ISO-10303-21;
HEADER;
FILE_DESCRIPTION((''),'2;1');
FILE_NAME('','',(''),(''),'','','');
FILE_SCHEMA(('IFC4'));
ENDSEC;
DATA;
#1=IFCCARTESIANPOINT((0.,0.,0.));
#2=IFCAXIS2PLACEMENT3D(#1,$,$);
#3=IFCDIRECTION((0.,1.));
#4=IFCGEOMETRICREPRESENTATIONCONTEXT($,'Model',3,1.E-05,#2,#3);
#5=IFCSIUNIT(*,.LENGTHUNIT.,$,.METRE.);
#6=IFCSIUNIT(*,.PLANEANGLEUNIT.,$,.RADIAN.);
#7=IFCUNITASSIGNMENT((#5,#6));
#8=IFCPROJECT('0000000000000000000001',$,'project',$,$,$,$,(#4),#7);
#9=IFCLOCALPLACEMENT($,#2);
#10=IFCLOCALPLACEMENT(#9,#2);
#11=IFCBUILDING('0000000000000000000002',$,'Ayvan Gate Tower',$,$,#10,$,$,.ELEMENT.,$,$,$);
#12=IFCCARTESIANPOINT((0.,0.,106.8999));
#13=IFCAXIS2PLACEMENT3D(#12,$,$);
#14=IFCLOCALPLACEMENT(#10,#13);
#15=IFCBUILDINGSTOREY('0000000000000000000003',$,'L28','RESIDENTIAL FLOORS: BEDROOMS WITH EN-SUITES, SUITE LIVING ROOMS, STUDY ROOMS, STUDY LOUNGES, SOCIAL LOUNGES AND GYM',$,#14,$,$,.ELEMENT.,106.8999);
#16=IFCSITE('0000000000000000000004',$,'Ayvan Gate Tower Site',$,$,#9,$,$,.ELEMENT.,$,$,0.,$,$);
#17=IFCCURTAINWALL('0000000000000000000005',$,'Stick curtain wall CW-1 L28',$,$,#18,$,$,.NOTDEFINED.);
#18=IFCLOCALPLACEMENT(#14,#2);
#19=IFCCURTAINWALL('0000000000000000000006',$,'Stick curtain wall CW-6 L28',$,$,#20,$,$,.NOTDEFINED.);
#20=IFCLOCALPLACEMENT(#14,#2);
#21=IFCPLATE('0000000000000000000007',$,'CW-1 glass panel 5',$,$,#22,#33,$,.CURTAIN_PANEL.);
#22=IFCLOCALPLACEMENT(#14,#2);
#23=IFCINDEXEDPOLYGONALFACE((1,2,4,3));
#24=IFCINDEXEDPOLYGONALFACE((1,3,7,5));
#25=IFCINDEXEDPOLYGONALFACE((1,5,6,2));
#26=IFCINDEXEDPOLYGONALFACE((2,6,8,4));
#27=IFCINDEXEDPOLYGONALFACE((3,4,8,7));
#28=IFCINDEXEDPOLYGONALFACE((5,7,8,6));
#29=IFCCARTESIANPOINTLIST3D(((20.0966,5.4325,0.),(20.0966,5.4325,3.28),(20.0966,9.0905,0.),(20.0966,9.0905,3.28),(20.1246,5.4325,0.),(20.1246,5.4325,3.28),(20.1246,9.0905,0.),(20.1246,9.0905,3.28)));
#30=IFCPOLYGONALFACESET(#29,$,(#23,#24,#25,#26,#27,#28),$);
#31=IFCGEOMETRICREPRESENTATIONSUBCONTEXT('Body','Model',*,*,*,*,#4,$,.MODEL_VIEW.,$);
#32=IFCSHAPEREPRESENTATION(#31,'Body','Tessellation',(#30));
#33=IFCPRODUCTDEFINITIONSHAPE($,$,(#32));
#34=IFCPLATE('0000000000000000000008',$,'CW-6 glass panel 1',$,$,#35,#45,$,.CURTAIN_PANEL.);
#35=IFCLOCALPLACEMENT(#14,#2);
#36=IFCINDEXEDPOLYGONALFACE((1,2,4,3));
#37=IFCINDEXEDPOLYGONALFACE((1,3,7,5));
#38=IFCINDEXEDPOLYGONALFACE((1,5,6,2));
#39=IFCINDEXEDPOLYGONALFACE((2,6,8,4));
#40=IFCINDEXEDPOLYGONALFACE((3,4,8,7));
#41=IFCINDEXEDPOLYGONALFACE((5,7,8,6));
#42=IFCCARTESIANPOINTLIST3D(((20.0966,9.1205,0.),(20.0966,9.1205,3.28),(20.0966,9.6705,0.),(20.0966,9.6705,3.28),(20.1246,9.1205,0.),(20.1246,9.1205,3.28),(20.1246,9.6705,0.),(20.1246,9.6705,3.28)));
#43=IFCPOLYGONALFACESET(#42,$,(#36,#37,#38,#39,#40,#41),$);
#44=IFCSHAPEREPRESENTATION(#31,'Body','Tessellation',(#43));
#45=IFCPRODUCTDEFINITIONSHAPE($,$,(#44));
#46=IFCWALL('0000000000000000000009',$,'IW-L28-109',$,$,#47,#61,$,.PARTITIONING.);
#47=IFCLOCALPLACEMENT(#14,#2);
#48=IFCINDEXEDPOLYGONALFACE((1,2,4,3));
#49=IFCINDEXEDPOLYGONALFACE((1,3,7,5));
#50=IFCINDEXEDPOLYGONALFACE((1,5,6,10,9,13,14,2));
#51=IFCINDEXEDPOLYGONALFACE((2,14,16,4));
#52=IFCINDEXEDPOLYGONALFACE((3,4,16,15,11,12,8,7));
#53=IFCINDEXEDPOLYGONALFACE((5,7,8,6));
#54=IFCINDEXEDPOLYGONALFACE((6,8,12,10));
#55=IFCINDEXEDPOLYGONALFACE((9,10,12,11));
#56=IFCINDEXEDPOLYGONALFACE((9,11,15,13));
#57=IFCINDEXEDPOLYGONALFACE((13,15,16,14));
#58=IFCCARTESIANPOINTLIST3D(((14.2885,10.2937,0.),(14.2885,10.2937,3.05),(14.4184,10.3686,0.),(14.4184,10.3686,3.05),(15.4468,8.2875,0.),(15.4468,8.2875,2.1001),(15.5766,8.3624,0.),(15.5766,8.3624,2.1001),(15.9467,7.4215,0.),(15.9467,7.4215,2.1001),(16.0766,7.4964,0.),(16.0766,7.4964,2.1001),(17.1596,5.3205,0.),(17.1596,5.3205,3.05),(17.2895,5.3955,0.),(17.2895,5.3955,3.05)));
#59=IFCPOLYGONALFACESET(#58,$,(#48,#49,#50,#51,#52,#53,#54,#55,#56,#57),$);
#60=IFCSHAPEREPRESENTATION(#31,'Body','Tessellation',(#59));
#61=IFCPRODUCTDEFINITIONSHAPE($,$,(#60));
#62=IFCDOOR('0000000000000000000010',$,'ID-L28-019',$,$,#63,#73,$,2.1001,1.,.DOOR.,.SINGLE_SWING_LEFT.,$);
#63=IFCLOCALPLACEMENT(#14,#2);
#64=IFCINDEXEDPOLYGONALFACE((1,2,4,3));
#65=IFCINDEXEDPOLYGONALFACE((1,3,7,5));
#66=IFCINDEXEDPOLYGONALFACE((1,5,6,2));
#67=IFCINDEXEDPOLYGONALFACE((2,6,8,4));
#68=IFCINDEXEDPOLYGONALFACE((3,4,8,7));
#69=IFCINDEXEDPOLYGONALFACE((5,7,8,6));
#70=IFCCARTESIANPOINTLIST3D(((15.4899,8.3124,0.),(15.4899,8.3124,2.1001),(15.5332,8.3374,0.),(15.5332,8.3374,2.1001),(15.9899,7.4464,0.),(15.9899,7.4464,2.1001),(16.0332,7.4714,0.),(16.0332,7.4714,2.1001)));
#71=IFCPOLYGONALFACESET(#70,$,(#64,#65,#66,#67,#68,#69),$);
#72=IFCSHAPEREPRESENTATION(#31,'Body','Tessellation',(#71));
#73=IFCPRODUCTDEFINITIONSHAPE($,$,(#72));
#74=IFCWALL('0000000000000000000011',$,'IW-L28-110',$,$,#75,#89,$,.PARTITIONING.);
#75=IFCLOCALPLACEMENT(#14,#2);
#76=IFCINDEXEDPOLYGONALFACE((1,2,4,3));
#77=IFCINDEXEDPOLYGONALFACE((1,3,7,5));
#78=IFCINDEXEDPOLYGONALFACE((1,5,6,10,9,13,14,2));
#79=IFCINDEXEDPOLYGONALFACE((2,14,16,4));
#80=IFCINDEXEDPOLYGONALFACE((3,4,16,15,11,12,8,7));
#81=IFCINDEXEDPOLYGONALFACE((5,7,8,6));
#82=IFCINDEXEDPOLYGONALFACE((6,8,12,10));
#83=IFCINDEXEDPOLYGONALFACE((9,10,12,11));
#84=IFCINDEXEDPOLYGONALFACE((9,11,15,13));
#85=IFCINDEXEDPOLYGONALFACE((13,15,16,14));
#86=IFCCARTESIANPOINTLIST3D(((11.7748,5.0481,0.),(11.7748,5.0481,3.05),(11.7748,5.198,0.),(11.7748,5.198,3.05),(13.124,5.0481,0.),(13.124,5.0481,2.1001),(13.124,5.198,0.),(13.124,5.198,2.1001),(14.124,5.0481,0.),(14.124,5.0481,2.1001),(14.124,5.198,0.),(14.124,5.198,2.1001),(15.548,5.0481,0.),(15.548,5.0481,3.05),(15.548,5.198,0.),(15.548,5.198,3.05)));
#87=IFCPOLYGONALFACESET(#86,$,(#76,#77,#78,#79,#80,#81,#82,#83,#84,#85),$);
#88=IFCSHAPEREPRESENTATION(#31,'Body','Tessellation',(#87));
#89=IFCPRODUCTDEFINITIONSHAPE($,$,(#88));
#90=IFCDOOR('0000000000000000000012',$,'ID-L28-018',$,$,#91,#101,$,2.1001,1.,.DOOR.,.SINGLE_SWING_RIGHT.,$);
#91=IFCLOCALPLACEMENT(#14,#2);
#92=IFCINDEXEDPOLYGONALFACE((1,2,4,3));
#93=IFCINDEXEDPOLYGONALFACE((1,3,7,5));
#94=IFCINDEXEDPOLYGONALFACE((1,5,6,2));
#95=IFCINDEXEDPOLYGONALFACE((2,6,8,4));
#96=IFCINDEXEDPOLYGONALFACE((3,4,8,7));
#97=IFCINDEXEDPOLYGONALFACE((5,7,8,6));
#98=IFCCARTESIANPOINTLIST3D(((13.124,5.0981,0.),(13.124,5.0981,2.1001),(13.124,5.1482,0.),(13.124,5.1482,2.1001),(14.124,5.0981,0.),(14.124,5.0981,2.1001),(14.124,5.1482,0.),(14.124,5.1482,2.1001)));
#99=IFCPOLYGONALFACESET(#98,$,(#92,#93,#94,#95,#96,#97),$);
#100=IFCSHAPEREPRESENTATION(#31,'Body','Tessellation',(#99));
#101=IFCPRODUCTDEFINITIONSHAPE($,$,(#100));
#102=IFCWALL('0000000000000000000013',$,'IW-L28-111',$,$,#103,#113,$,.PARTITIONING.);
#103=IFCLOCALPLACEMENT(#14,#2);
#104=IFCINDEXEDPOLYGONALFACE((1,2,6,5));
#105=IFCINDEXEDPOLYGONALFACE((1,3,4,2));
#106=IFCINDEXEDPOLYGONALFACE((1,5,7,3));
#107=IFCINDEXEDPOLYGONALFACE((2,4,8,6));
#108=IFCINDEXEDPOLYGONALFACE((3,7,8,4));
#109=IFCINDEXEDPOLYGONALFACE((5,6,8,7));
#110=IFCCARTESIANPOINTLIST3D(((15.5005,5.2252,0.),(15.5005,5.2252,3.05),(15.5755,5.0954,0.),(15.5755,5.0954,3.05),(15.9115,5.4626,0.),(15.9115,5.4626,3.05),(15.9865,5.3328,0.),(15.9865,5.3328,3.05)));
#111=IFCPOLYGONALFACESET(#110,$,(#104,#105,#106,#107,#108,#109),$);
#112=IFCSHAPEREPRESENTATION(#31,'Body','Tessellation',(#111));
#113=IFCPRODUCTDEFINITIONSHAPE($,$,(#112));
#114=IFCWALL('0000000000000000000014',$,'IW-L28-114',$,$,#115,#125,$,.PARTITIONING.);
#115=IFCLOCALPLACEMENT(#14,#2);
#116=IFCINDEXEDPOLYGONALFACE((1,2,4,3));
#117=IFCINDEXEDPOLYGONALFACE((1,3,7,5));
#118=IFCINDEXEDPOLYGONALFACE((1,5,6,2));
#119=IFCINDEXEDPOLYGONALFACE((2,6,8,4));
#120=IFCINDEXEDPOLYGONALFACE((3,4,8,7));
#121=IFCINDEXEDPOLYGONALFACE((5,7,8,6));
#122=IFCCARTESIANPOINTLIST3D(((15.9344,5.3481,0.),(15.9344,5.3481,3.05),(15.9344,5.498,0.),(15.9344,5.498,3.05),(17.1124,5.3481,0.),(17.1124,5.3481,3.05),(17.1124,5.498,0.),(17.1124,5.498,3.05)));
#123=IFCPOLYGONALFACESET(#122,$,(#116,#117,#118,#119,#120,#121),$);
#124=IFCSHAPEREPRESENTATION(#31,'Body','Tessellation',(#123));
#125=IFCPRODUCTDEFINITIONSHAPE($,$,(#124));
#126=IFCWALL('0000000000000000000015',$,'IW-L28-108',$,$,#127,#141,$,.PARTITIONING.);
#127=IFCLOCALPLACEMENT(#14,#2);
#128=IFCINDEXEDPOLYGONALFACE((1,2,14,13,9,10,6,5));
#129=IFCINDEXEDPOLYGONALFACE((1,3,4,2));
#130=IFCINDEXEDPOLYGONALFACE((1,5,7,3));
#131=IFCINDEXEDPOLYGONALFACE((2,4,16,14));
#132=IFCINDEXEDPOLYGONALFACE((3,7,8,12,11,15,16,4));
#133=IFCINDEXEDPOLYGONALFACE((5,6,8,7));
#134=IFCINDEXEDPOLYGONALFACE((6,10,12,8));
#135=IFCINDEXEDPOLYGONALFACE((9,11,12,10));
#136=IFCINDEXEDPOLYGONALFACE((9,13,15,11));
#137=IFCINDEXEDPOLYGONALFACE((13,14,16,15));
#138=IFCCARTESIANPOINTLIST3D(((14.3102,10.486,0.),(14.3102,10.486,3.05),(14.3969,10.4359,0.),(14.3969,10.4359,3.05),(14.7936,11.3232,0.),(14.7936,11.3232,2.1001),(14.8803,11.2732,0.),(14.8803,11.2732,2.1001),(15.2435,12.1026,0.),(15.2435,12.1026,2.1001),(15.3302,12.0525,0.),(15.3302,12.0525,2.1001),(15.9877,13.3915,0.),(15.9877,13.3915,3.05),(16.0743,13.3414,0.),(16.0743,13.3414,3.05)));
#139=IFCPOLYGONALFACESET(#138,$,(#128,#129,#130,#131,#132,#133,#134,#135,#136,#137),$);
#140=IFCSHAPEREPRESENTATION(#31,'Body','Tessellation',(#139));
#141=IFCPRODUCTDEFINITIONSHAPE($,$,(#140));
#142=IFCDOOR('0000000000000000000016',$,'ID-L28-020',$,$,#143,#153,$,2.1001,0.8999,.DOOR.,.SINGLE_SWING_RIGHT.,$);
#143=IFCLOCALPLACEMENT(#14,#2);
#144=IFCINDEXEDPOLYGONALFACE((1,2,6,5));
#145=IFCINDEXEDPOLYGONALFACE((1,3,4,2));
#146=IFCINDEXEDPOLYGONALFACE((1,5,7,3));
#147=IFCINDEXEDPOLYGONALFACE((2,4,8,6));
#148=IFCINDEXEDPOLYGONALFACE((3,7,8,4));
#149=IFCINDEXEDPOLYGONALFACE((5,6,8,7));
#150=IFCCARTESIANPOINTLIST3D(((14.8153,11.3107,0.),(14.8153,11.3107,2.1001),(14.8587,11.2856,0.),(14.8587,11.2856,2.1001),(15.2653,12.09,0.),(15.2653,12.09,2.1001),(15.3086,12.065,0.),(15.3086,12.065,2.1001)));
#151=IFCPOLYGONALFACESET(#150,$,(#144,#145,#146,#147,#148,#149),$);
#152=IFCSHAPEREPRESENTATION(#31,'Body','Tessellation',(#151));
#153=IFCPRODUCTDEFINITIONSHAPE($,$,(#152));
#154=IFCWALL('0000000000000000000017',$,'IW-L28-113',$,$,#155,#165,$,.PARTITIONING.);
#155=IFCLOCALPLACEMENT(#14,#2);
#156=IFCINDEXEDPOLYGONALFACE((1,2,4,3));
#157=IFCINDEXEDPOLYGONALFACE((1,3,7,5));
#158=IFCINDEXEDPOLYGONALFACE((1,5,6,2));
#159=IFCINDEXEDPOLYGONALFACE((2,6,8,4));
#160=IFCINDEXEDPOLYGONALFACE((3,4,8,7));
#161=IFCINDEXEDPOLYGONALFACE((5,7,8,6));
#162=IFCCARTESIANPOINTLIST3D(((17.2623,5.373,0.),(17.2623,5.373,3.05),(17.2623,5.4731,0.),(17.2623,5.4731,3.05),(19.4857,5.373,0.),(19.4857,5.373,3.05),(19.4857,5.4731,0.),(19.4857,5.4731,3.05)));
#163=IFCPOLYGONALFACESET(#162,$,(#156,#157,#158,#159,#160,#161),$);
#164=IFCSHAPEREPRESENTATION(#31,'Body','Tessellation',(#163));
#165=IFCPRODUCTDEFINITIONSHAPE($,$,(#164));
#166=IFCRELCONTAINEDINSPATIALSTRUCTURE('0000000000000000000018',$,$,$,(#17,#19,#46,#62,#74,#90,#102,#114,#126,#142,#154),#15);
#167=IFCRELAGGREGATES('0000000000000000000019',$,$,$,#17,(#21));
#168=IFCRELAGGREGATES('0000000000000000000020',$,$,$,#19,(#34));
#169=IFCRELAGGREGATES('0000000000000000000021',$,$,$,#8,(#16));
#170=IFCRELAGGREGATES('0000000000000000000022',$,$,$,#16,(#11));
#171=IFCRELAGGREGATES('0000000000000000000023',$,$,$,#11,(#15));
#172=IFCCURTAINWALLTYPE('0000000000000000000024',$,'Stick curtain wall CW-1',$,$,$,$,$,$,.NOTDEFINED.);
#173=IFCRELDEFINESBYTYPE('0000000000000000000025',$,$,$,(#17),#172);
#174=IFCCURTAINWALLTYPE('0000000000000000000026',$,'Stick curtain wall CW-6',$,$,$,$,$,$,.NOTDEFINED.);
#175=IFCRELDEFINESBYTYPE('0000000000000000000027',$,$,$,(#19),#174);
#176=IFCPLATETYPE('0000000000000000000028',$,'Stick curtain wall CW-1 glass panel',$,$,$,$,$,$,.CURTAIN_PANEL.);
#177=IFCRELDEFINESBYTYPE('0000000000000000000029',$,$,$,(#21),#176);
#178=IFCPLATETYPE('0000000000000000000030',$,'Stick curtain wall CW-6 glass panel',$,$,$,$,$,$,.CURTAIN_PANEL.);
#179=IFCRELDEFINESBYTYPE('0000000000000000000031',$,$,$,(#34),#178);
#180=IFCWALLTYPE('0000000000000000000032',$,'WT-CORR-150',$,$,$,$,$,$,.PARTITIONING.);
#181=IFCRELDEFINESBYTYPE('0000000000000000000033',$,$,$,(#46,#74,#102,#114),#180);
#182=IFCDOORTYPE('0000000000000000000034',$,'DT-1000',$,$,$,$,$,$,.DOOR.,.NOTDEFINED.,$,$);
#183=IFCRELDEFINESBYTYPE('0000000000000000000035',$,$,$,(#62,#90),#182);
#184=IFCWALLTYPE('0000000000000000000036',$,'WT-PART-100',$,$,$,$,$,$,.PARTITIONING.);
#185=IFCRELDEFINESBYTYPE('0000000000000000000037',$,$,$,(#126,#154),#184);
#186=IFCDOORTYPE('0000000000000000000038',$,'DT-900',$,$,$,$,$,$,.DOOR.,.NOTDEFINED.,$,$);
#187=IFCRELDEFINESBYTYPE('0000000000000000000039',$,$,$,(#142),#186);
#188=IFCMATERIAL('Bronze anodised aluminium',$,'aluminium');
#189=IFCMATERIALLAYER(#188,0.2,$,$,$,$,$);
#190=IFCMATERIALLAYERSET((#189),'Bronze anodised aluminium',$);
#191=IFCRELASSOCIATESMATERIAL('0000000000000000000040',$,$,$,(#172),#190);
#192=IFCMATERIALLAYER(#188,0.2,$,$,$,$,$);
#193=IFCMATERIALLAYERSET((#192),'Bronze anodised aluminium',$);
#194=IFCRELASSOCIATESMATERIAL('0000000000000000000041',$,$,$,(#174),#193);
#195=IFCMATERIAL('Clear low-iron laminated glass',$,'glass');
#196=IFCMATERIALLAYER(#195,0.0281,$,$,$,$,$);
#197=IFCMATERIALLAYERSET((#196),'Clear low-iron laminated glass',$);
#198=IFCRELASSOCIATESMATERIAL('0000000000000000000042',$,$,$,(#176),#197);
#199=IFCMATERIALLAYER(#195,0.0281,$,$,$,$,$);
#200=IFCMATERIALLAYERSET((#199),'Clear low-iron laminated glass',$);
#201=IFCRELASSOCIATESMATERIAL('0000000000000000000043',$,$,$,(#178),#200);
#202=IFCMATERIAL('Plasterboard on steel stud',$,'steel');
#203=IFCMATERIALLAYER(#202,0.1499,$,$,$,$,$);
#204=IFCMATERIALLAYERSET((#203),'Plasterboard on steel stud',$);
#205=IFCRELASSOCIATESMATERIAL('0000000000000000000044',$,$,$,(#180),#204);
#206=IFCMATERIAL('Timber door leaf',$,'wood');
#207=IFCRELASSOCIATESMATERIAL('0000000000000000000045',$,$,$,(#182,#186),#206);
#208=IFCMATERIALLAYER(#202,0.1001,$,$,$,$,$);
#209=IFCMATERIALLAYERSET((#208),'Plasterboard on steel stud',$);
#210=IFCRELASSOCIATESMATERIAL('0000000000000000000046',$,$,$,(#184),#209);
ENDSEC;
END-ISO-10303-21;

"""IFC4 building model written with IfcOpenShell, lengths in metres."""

from ifc_helpers import new_model, si_unit, direction, frame, frame_2d, origin, origin_2d, place, context, subcontext, project, spatial, rectangle, extrude, material, layer, layer_set, type_object, element, fill, aggregate, save


model = new_model("IFC4")

# Units and contexts
model_context = context("Model", 3, precision=1e-05, world=origin(), true_north=direction((0.0, 1.0)))
body_context = subcontext(model_context, "Body", "Model", "MODEL_VIEW")
ifc_project = project(units=[si_unit("LENGTHUNIT", "METRE"), si_unit("PLANEANGLEUNIT", "RADIAN")], contexts=[model_context])

# Site, building, storey
site_placement = place(None, origin())
site = spatial("IfcSite", under=ifc_project, at=site_placement, Name="Ayvan Gate Tower Site", CompositionType="ELEMENT", RefElevation=0.0)
building_placement = place(site_placement, origin())
building = spatial("IfcBuilding", under=site, at=building_placement, Name="Ayvan Gate Tower", CompositionType="ELEMENT")
storey_placement = place(building_placement, frame((0.0, 0.0, 106.8999)))
storey = spatial("IfcBuildingStorey", under=building, at=storey_placement, Name="L28", Description="RESIDENTIAL FLOORS: BEDROOMS WITH EN-SUITES, SUITE LIVING ROOMS, STUDY ROOMS, STUDY LOUNGES, SOCIAL LOUNGES AND GYM", CompositionType="ELEMENT", Elevation=106.8999)

# Curtain walls
ifc_material_1 = material(Name="Bronze anodised aluminium", Category="aluminium")
ifc_layer_1 = layer(ifc_material_1, 0.2)
ifc_layer_set_1 = layer_set([ifc_layer_1], Name="Bronze anodised aluminium")
curtain_wall_type_1 = type_object("IfcCurtainWallType", Name="Stick curtain wall CW-1", PredefinedType="NOTDEFINED", material=ifc_layer_set_1)
curtain_wall_1_placement = place(storey_placement, origin())
curtain_wall_1 = element("IfcCurtainWall", 1, at=curtain_wall_1_placement, inside=storey, type_object=curtain_wall_type_1, Name="Stick curtain wall CW-1 L28", PredefinedType="NOTDEFINED")
ifc_layer_2 = layer(ifc_material_1, 0.2)
ifc_layer_set_2 = layer_set([ifc_layer_2], Name="Bronze anodised aluminium")
curtain_wall_type_2 = type_object("IfcCurtainWallType", Name="Stick curtain wall CW-6", PredefinedType="NOTDEFINED", material=ifc_layer_set_2)
curtain_wall_2_placement = place(storey_placement, origin())
curtain_wall_2 = element("IfcCurtainWall", 2, at=curtain_wall_2_placement, inside=storey, type_object=curtain_wall_type_2, Name="Stick curtain wall CW-6 L28", PredefinedType="NOTDEFINED")

# Plates
ifc_material_2 = material(Name="Clear low-iron laminated glass", Category="glass")
ifc_layer_3 = layer(ifc_material_2, 0.0281)
ifc_layer_set_3 = layer_set([ifc_layer_3], Name="Clear low-iron laminated glass")
plate_type_1 = type_object("IfcPlateType", Name="Stick curtain wall CW-1 glass panel", PredefinedType="CURTAIN_PANEL", material=ifc_layer_set_3)
plate_1_placement = place(storey_placement, frame((20.1106, 7.2615, 0.0), z_axis=(0.0, 0.0, 1.0), x_axis=(0.0, 1.0, 0.0)))
plate_1 = element("IfcPlate", 3, at=plate_1_placement, type_object=plate_type_1, Name="CW-1 glass panel 5", PredefinedType="CURTAIN_PANEL", context=body_context, shape_type="SweptSolid", body=[
    extrude(rectangle(XDim=3.658, YDim=0.0281, at=origin_2d()), origin(), (0.0, 0.0, 1.0), 3.28),
])
aggregate(curtain_wall_1, [plate_1])
ifc_layer_4 = layer(ifc_material_2, 0.0281)
ifc_layer_set_4 = layer_set([ifc_layer_4], Name="Clear low-iron laminated glass")
plate_type_2 = type_object("IfcPlateType", Name="Stick curtain wall CW-6 glass panel", PredefinedType="CURTAIN_PANEL", material=ifc_layer_set_4)
plate_2_placement = place(storey_placement, frame((20.1106, 9.3955, 0.0), z_axis=(0.0, 0.0, 1.0), x_axis=(0.0, 1.0, 0.0)))
plate_2 = element("IfcPlate", 4, at=plate_2_placement, type_object=plate_type_2, Name="CW-6 glass panel 1", PredefinedType="CURTAIN_PANEL", context=body_context, shape_type="SweptSolid", body=[
    extrude(rectangle(XDim=0.55, YDim=0.0281, at=origin_2d()), origin(), (0.0, 0.0, 1.0), 3.28),
])
aggregate(curtain_wall_2, [plate_2])

# Walls, openings, doors
ifc_material_3 = material(Name="Plasterboard on steel stud", Category="steel")
ifc_layer_5 = layer(ifc_material_3, 0.1499)
ifc_layer_set_5 = layer_set([ifc_layer_5], Name="Plasterboard on steel stud")
wall_type_1 = type_object("IfcWallType", Name="WT-CORR-150", PredefinedType="PARTITIONING", material=ifc_layer_set_5)
wall_1_placement = place(storey_placement, frame((14.3535, 10.3311, 0.0), z_axis=(0.0, 0.0, 1.0), x_axis=(0.49998, -0.866037, 0.0)))
wall_1 = element("IfcWall", 5, at=wall_1_placement, inside=storey, type_object=wall_type_1, Name="IW-L28-109", PredefinedType="PARTITIONING", context=body_context, shape_type="SweptSolid", body=[
    extrude(rectangle(XDim=5.7424, YDim=0.1499, at=frame_2d((2.8711, 0.0))), origin(), (0.0, 0.0, 1.0), 3.05),
])
opening_1_placement = place(wall_1_placement, frame((2.3164, 0.0, 0.0)))
opening_1 = element("IfcOpeningElement", 6, at=opening_1_placement, cuts=wall_1, PredefinedType="OPENING", context=body_context, shape_type="SweptSolid", body=[
    extrude(rectangle(XDim=1.0, YDim=2.1001, at=frame_2d((0.5, 1.05))), frame((0.0, 0.085, 0.0), z_axis=(0.0, -1.0, 0.0), x_axis=(1.0, 0.0, 0.0)), (0.0, 0.0, 1.0), 0.1699),
])
ifc_material_4 = material(Name="Timber door leaf", Category="wood")
door_type_1 = type_object("IfcDoorType", Name="DT-1000", OperationType="NOTDEFINED", PredefinedType="DOOR", material=ifc_material_4)
door_1_placement = place(opening_1_placement, origin())
door_1 = element("IfcDoor", 7, at=door_1_placement, inside=storey, type_object=door_type_1, Name="ID-L28-019", OperationType="SINGLE_SWING_LEFT", OverallHeight=2.1001, OverallWidth=1.0, PredefinedType="DOOR", context=body_context, shape_type="SweptSolid", body=[
    extrude(rectangle(XDim=1.0, YDim=2.1001, at=frame_2d((0.5, 1.05))), frame((0.0, 0.0249, 0.0), z_axis=(0.0, -1.0, 0.0), x_axis=(1.0, 0.0, 0.0)), (0.0, 0.0, 1.0), 0.05),
])
fill(opening_1, door_1)
wall_2_placement = place(storey_placement, frame((15.5481, 5.123, 0.0), z_axis=(0.0, 0.0, 1.0), x_axis=(-1.0, 0.0, 0.0)))
wall_2 = element("IfcWall", 8, at=wall_2_placement, inside=storey, type_object=wall_type_1, Name="IW-L28-110", PredefinedType="PARTITIONING", context=body_context, shape_type="SweptSolid", body=[
    extrude(rectangle(XDim=3.7732, YDim=0.1499, at=frame_2d((1.8867, 0.0))), origin(), (0.0, 0.0, 1.0), 3.05),
])
opening_2_placement = place(wall_2_placement, frame((1.4241, 0.0, 0.0)))
opening_2 = element("IfcOpeningElement", 9, at=opening_2_placement, cuts=wall_2, PredefinedType="OPENING", context=body_context, shape_type="SweptSolid", body=[
    extrude(rectangle(XDim=1.0, YDim=2.1001, at=frame_2d((0.5, 1.05))), frame((0.0, 0.085, 0.0), z_axis=(0.0, -1.0, 0.0), x_axis=(1.0, 0.0, 0.0)), (0.0, 0.0, 1.0), 0.1699),
])
door_2_placement = place(opening_2_placement, origin())
door_2 = element("IfcDoor", 10, at=door_2_placement, inside=storey, type_object=door_type_1, Name="ID-L28-018", OperationType="SINGLE_SWING_RIGHT", OverallHeight=2.1001, OverallWidth=1.0, PredefinedType="DOOR", context=body_context, shape_type="SweptSolid", body=[
    extrude(rectangle(XDim=1.0, YDim=2.1001, at=frame_2d((0.5, 1.05))), frame((0.0, 0.0249, 0.0), z_axis=(0.0, -1.0, 0.0), x_axis=(1.0, 0.0, 0.0)), (0.0, 0.0, 1.0), 0.05),
])
fill(opening_2, door_2)

# Walls
wall_3_placement = place(storey_placement, frame((15.949, 5.3977, 0.0), z_axis=(0.0, 0.0, 1.0), x_axis=(-0.865954, -0.500123, 0.0)))
element("IfcWall", 11, at=wall_3_placement, inside=storey, type_object=wall_type_1, Name="IW-L28-111", PredefinedType="PARTITIONING", context=body_context, shape_type="SweptSolid", body=[
    extrude(rectangle(XDim=0.4746, YDim=0.1499, at=frame_2d((0.2373, 0.0))), origin(), (0.0, 0.0, 1.0), 3.05),
])
wall_4_placement = place(storey_placement, frame((17.1123, 5.4231, 0.0), z_axis=(0.0, 0.0, 1.0), x_axis=(-1.0, 0.0, 0.0)))
element("IfcWall", 12, at=wall_4_placement, inside=storey, type_object=wall_type_1, Name="IW-L28-114", PredefinedType="PARTITIONING", context=body_context, shape_type="SweptSolid", body=[
    extrude(rectangle(XDim=1.178, YDim=0.1499, at=frame_2d((0.5889, 0.0))), origin(), (0.0, 0.0, 1.0), 3.05),
])

# Wall, opening, door
ifc_layer_6 = layer(ifc_material_3, 0.1001)
ifc_layer_set_6 = layer_set([ifc_layer_6], Name="Plasterboard on steel stud")
wall_type_2 = type_object("IfcWallType", Name="WT-PART-100", PredefinedType="PARTITIONING", material=ifc_layer_set_6)
wall_5_placement = place(storey_placement, frame((14.3535, 10.4609, 0.0), z_axis=(0.0, 0.0, 1.0), x_axis=(0.499998, 0.866027, 0.0)))
wall_5 = element("IfcWall", 13, at=wall_5_placement, inside=storey, type_object=wall_type_2, Name="IW-L28-108", PredefinedType="PARTITIONING", context=body_context, shape_type="SweptSolid", body=[
    extrude(rectangle(XDim=3.355, YDim=0.1001, at=frame_2d((1.6775, 0.0))), origin(), (0.0, 0.0, 1.0), 3.05),
])
opening_3_placement = place(wall_5_placement, frame((0.9668, 0.0, 0.0)))
opening_3 = element("IfcOpeningElement", 14, at=opening_3_placement, cuts=wall_5, PredefinedType="OPENING", context=body_context, shape_type="SweptSolid", body=[
    extrude(rectangle(XDim=0.8999, YDim=2.1001, at=frame_2d((0.45, 1.05))), frame((0.0, 0.0601, 0.0), z_axis=(0.0, -1.0, 0.0), x_axis=(1.0, 0.0, 0.0)), (0.0, 0.0, 1.0), 0.1201),
])
door_type_2 = type_object("IfcDoorType", Name="DT-900", OperationType="NOTDEFINED", PredefinedType="DOOR", material=ifc_material_4)
door_3_placement = place(opening_3_placement, origin())
door_3 = element("IfcDoor", 15, at=door_3_placement, inside=storey, type_object=door_type_2, Name="ID-L28-020", OperationType="SINGLE_SWING_RIGHT", OverallHeight=2.1001, OverallWidth=0.8999, PredefinedType="DOOR", context=body_context, shape_type="SweptSolid", body=[
    extrude(rectangle(XDim=0.8999, YDim=2.1001, at=frame_2d((0.45, 1.05))), frame((0.0, 0.0249, 0.0), z_axis=(0.0, -1.0, 0.0), x_axis=(1.0, 0.0, 0.0)), (0.0, 0.0, 1.0), 0.05),
])
fill(opening_3, door_3)

# Wall
wall_6_placement = place(storey_placement, frame((17.2622, 5.4231, 0.0), z_axis=(0.0, 0.0, 1.0), x_axis=(1.0, 0.0, 0.0)))
element("IfcWall", 16, at=wall_6_placement, inside=storey, type_object=wall_type_2, Name="IW-L28-113", PredefinedType="PARTITIONING", context=body_context, shape_type="SweptSolid", body=[
    extrude(rectangle(XDim=2.2234, YDim=0.1001, at=frame_2d((1.1118, 0.0))), origin(), (0.0, 0.0, 1.0), 3.05),
])

save(model, "model.ifc")
